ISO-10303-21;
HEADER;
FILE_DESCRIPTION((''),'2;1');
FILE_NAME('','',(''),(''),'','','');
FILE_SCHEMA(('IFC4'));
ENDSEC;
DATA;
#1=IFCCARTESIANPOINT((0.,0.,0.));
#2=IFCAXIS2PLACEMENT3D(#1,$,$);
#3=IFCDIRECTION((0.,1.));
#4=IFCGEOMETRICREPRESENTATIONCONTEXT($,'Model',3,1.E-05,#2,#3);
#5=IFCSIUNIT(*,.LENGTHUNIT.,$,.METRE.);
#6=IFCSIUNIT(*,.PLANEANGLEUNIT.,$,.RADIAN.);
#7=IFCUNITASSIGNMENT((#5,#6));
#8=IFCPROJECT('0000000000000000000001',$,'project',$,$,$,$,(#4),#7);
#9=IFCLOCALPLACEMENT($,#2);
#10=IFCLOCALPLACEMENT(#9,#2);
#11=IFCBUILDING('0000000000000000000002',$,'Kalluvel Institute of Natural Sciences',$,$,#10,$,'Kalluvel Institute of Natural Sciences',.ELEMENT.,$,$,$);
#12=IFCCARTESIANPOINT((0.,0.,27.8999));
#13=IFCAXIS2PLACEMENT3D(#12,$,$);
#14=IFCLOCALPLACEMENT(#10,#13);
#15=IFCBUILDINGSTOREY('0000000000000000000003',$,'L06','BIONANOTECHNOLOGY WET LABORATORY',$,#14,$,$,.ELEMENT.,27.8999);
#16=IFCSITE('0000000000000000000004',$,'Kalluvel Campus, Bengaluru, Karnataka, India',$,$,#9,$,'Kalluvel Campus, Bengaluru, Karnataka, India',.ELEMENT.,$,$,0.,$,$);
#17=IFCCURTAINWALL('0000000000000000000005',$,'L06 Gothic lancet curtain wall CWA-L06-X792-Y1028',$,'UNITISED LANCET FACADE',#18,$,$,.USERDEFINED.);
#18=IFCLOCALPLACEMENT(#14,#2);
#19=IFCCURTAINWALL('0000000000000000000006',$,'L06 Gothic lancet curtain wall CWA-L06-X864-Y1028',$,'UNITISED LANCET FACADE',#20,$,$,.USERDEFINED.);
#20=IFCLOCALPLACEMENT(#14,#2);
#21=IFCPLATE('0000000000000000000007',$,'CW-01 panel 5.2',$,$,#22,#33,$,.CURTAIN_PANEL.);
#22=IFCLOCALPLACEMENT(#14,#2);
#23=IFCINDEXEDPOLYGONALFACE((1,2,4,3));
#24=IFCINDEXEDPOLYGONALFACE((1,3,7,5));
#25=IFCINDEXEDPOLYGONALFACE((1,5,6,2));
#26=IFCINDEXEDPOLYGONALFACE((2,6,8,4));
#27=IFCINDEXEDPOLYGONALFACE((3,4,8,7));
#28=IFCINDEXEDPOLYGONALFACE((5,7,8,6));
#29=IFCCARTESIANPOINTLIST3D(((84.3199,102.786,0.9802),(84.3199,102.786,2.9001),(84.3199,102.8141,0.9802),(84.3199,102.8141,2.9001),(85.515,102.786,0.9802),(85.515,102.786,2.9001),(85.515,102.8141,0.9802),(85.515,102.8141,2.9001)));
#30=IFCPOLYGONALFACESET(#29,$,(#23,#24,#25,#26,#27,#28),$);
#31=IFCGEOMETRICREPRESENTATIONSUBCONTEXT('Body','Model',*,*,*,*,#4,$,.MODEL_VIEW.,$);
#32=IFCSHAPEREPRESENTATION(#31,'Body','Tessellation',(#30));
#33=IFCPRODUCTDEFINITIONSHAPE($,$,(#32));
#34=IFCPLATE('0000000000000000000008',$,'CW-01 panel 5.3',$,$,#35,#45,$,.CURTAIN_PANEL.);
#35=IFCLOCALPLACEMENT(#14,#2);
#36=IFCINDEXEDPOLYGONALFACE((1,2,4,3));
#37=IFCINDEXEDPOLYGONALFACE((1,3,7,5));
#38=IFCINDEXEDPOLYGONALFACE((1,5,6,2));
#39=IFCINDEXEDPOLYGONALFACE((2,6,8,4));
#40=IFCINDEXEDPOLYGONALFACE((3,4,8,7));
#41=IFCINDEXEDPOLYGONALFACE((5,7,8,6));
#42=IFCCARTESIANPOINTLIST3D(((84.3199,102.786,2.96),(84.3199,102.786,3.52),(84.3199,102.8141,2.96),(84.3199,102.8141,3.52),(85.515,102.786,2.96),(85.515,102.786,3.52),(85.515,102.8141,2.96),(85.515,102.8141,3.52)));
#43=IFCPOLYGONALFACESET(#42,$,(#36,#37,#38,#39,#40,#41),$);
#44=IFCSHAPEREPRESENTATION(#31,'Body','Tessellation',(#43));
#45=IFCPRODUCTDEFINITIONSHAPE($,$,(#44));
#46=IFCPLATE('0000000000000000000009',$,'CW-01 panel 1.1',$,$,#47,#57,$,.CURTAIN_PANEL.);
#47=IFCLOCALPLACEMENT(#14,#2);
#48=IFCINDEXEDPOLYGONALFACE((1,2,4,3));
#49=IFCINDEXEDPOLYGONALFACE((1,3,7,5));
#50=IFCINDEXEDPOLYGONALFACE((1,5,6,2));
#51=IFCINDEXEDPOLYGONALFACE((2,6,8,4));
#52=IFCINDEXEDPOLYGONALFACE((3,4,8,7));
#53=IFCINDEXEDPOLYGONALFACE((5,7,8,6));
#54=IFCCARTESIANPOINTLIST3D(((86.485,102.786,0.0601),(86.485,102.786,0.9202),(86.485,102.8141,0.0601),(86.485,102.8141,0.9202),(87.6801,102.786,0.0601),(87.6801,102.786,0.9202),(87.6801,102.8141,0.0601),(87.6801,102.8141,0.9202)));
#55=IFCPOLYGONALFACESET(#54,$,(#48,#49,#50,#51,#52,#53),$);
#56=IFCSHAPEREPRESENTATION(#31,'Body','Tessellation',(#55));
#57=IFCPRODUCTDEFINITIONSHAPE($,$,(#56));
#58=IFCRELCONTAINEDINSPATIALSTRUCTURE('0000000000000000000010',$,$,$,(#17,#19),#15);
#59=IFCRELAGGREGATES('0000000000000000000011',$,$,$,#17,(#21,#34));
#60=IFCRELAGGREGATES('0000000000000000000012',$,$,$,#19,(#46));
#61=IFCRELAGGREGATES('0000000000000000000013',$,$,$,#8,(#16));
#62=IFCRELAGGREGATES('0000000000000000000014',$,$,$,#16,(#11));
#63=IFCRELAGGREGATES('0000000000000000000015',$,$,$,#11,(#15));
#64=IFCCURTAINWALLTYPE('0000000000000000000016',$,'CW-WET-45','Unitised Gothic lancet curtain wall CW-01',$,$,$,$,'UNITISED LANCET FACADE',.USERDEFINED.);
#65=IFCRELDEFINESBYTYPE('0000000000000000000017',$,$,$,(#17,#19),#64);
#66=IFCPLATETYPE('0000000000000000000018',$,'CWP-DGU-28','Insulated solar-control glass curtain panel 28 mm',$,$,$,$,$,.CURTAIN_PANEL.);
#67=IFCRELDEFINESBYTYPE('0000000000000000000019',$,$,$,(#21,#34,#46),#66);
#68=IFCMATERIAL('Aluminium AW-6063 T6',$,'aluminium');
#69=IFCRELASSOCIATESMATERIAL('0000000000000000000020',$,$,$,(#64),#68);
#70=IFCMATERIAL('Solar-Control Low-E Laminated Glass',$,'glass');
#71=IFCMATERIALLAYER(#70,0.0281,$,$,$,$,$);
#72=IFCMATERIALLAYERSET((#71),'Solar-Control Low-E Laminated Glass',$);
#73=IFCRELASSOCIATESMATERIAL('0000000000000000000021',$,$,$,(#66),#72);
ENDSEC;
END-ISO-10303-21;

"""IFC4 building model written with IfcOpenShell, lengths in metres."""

from ifc_helpers import new_model, si_unit, direction, frame, origin, origin_2d, place, context, subcontext, project, spatial, rectangle, extrude, material, layer, layer_set, type_object, element, aggregate, save


model = new_model("IFC4")

# Units and contexts
model_context = context("Model", 3, precision=1e-05, world=origin(), true_north=direction((0.0, 1.0)))
body_context = subcontext(model_context, "Body", "Model", "MODEL_VIEW")
ifc_project = project(units=[si_unit("LENGTHUNIT", "METRE"), si_unit("PLANEANGLEUNIT", "RADIAN")], contexts=[model_context])

# Site, building, storey
site_placement = place(None, origin())
site = spatial("IfcSite", under=ifc_project, at=site_placement, Name="Kalluvel Campus, Bengaluru, Karnataka, India", LongName="Kalluvel Campus, Bengaluru, Karnataka, India", CompositionType="ELEMENT", RefElevation=0.0)
building_placement = place(site_placement, origin())
building = spatial("IfcBuilding", under=site, at=building_placement, Name="Kalluvel Institute of Natural Sciences", LongName="Kalluvel Institute of Natural Sciences", CompositionType="ELEMENT")
storey_placement = place(building_placement, frame((0.0, 0.0, 27.8999)))
storey = spatial("IfcBuildingStorey", under=building, at=storey_placement, Name="L06", Description="BIONANOTECHNOLOGY WET LABORATORY", CompositionType="ELEMENT", Elevation=27.8999)

# Curtain wall
ifc_material_1 = material(Name="Aluminium AW-6063 T6", Category="aluminium")
curtain_wall_type = type_object("IfcCurtainWallType", Name="CW-WET-45", Description="Unitised Gothic lancet curtain wall CW-01", ElementType="UNITISED LANCET FACADE", PredefinedType="USERDEFINED", material=ifc_material_1)
curtain_wall_1_placement = place(storey_placement, origin())
curtain_wall_1 = element("IfcCurtainWall", 1, at=curtain_wall_1_placement, inside=storey, type_object=curtain_wall_type, Name="L06 Gothic lancet curtain wall CWA-L06-X792-Y1028", ObjectType="UNITISED LANCET FACADE", PredefinedType="USERDEFINED")

# Curtain wall
curtain_wall_2_placement = place(storey_placement, origin())
curtain_wall_2 = element("IfcCurtainWall", 2, at=curtain_wall_2_placement, inside=storey, type_object=curtain_wall_type, Name="L06 Gothic lancet curtain wall CWA-L06-X864-Y1028", ObjectType="UNITISED LANCET FACADE", PredefinedType="USERDEFINED")

# Plates
ifc_material_2 = material(Name="Solar-Control Low-E Laminated Glass", Category="glass")
ifc_layer = layer(ifc_material_2, 0.0281)
ifc_layer_set = layer_set([ifc_layer], Name="Solar-Control Low-E Laminated Glass")
plate_type = type_object("IfcPlateType", Name="CWP-DGU-28", Description="Insulated solar-control glass curtain panel 28 mm", PredefinedType="CURTAIN_PANEL", material=ifc_layer_set)
plate_1_placement = place(storey_placement, frame((84.9175, 102.8, 0.9802), z_axis=(0.0, 0.0, 1.0), x_axis=(1.0, 0.0, 0.0)))
plate_1 = element("IfcPlate", 3, at=plate_1_placement, type_object=plate_type, Name="CW-01 panel 5.2", PredefinedType="CURTAIN_PANEL", context=body_context, shape_type="SweptSolid", body=[
    extrude(rectangle(XDim=1.1951, YDim=0.0281, at=origin_2d()), origin(), (0.0, 0.0, 1.0), 1.9199),
])
plate_2_placement = place(storey_placement, frame((84.9175, 102.8, 2.96), z_axis=(0.0, 0.0, 1.0), x_axis=(1.0, 0.0, 0.0)))
plate_2 = element("IfcPlate", 4, at=plate_2_placement, type_object=plate_type, Name="CW-01 panel 5.3", PredefinedType="CURTAIN_PANEL", context=body_context, shape_type="SweptSolid", body=[
    extrude(rectangle(XDim=1.1951, YDim=0.0281, at=origin_2d()), origin(), (0.0, 0.0, 1.0), 0.5601),
])
aggregate(curtain_wall_1, [plate_1, plate_2])
plate_3_placement = place(storey_placement, frame((87.0825, 102.8, 0.0601), z_axis=(0.0, 0.0, 1.0), x_axis=(1.0, 0.0, 0.0)))
plate_3 = element("IfcPlate", 5, at=plate_3_placement, type_object=plate_type, Name="CW-01 panel 1.1", PredefinedType="CURTAIN_PANEL", context=body_context, shape_type="SweptSolid", body=[
    extrude(rectangle(XDim=1.1951, YDim=0.0281, at=origin_2d()), origin(), (0.0, 0.0, 1.0), 0.8601),
])
aggregate(curtain_wall_2, [plate_3])

save(model, "model.ifc")
